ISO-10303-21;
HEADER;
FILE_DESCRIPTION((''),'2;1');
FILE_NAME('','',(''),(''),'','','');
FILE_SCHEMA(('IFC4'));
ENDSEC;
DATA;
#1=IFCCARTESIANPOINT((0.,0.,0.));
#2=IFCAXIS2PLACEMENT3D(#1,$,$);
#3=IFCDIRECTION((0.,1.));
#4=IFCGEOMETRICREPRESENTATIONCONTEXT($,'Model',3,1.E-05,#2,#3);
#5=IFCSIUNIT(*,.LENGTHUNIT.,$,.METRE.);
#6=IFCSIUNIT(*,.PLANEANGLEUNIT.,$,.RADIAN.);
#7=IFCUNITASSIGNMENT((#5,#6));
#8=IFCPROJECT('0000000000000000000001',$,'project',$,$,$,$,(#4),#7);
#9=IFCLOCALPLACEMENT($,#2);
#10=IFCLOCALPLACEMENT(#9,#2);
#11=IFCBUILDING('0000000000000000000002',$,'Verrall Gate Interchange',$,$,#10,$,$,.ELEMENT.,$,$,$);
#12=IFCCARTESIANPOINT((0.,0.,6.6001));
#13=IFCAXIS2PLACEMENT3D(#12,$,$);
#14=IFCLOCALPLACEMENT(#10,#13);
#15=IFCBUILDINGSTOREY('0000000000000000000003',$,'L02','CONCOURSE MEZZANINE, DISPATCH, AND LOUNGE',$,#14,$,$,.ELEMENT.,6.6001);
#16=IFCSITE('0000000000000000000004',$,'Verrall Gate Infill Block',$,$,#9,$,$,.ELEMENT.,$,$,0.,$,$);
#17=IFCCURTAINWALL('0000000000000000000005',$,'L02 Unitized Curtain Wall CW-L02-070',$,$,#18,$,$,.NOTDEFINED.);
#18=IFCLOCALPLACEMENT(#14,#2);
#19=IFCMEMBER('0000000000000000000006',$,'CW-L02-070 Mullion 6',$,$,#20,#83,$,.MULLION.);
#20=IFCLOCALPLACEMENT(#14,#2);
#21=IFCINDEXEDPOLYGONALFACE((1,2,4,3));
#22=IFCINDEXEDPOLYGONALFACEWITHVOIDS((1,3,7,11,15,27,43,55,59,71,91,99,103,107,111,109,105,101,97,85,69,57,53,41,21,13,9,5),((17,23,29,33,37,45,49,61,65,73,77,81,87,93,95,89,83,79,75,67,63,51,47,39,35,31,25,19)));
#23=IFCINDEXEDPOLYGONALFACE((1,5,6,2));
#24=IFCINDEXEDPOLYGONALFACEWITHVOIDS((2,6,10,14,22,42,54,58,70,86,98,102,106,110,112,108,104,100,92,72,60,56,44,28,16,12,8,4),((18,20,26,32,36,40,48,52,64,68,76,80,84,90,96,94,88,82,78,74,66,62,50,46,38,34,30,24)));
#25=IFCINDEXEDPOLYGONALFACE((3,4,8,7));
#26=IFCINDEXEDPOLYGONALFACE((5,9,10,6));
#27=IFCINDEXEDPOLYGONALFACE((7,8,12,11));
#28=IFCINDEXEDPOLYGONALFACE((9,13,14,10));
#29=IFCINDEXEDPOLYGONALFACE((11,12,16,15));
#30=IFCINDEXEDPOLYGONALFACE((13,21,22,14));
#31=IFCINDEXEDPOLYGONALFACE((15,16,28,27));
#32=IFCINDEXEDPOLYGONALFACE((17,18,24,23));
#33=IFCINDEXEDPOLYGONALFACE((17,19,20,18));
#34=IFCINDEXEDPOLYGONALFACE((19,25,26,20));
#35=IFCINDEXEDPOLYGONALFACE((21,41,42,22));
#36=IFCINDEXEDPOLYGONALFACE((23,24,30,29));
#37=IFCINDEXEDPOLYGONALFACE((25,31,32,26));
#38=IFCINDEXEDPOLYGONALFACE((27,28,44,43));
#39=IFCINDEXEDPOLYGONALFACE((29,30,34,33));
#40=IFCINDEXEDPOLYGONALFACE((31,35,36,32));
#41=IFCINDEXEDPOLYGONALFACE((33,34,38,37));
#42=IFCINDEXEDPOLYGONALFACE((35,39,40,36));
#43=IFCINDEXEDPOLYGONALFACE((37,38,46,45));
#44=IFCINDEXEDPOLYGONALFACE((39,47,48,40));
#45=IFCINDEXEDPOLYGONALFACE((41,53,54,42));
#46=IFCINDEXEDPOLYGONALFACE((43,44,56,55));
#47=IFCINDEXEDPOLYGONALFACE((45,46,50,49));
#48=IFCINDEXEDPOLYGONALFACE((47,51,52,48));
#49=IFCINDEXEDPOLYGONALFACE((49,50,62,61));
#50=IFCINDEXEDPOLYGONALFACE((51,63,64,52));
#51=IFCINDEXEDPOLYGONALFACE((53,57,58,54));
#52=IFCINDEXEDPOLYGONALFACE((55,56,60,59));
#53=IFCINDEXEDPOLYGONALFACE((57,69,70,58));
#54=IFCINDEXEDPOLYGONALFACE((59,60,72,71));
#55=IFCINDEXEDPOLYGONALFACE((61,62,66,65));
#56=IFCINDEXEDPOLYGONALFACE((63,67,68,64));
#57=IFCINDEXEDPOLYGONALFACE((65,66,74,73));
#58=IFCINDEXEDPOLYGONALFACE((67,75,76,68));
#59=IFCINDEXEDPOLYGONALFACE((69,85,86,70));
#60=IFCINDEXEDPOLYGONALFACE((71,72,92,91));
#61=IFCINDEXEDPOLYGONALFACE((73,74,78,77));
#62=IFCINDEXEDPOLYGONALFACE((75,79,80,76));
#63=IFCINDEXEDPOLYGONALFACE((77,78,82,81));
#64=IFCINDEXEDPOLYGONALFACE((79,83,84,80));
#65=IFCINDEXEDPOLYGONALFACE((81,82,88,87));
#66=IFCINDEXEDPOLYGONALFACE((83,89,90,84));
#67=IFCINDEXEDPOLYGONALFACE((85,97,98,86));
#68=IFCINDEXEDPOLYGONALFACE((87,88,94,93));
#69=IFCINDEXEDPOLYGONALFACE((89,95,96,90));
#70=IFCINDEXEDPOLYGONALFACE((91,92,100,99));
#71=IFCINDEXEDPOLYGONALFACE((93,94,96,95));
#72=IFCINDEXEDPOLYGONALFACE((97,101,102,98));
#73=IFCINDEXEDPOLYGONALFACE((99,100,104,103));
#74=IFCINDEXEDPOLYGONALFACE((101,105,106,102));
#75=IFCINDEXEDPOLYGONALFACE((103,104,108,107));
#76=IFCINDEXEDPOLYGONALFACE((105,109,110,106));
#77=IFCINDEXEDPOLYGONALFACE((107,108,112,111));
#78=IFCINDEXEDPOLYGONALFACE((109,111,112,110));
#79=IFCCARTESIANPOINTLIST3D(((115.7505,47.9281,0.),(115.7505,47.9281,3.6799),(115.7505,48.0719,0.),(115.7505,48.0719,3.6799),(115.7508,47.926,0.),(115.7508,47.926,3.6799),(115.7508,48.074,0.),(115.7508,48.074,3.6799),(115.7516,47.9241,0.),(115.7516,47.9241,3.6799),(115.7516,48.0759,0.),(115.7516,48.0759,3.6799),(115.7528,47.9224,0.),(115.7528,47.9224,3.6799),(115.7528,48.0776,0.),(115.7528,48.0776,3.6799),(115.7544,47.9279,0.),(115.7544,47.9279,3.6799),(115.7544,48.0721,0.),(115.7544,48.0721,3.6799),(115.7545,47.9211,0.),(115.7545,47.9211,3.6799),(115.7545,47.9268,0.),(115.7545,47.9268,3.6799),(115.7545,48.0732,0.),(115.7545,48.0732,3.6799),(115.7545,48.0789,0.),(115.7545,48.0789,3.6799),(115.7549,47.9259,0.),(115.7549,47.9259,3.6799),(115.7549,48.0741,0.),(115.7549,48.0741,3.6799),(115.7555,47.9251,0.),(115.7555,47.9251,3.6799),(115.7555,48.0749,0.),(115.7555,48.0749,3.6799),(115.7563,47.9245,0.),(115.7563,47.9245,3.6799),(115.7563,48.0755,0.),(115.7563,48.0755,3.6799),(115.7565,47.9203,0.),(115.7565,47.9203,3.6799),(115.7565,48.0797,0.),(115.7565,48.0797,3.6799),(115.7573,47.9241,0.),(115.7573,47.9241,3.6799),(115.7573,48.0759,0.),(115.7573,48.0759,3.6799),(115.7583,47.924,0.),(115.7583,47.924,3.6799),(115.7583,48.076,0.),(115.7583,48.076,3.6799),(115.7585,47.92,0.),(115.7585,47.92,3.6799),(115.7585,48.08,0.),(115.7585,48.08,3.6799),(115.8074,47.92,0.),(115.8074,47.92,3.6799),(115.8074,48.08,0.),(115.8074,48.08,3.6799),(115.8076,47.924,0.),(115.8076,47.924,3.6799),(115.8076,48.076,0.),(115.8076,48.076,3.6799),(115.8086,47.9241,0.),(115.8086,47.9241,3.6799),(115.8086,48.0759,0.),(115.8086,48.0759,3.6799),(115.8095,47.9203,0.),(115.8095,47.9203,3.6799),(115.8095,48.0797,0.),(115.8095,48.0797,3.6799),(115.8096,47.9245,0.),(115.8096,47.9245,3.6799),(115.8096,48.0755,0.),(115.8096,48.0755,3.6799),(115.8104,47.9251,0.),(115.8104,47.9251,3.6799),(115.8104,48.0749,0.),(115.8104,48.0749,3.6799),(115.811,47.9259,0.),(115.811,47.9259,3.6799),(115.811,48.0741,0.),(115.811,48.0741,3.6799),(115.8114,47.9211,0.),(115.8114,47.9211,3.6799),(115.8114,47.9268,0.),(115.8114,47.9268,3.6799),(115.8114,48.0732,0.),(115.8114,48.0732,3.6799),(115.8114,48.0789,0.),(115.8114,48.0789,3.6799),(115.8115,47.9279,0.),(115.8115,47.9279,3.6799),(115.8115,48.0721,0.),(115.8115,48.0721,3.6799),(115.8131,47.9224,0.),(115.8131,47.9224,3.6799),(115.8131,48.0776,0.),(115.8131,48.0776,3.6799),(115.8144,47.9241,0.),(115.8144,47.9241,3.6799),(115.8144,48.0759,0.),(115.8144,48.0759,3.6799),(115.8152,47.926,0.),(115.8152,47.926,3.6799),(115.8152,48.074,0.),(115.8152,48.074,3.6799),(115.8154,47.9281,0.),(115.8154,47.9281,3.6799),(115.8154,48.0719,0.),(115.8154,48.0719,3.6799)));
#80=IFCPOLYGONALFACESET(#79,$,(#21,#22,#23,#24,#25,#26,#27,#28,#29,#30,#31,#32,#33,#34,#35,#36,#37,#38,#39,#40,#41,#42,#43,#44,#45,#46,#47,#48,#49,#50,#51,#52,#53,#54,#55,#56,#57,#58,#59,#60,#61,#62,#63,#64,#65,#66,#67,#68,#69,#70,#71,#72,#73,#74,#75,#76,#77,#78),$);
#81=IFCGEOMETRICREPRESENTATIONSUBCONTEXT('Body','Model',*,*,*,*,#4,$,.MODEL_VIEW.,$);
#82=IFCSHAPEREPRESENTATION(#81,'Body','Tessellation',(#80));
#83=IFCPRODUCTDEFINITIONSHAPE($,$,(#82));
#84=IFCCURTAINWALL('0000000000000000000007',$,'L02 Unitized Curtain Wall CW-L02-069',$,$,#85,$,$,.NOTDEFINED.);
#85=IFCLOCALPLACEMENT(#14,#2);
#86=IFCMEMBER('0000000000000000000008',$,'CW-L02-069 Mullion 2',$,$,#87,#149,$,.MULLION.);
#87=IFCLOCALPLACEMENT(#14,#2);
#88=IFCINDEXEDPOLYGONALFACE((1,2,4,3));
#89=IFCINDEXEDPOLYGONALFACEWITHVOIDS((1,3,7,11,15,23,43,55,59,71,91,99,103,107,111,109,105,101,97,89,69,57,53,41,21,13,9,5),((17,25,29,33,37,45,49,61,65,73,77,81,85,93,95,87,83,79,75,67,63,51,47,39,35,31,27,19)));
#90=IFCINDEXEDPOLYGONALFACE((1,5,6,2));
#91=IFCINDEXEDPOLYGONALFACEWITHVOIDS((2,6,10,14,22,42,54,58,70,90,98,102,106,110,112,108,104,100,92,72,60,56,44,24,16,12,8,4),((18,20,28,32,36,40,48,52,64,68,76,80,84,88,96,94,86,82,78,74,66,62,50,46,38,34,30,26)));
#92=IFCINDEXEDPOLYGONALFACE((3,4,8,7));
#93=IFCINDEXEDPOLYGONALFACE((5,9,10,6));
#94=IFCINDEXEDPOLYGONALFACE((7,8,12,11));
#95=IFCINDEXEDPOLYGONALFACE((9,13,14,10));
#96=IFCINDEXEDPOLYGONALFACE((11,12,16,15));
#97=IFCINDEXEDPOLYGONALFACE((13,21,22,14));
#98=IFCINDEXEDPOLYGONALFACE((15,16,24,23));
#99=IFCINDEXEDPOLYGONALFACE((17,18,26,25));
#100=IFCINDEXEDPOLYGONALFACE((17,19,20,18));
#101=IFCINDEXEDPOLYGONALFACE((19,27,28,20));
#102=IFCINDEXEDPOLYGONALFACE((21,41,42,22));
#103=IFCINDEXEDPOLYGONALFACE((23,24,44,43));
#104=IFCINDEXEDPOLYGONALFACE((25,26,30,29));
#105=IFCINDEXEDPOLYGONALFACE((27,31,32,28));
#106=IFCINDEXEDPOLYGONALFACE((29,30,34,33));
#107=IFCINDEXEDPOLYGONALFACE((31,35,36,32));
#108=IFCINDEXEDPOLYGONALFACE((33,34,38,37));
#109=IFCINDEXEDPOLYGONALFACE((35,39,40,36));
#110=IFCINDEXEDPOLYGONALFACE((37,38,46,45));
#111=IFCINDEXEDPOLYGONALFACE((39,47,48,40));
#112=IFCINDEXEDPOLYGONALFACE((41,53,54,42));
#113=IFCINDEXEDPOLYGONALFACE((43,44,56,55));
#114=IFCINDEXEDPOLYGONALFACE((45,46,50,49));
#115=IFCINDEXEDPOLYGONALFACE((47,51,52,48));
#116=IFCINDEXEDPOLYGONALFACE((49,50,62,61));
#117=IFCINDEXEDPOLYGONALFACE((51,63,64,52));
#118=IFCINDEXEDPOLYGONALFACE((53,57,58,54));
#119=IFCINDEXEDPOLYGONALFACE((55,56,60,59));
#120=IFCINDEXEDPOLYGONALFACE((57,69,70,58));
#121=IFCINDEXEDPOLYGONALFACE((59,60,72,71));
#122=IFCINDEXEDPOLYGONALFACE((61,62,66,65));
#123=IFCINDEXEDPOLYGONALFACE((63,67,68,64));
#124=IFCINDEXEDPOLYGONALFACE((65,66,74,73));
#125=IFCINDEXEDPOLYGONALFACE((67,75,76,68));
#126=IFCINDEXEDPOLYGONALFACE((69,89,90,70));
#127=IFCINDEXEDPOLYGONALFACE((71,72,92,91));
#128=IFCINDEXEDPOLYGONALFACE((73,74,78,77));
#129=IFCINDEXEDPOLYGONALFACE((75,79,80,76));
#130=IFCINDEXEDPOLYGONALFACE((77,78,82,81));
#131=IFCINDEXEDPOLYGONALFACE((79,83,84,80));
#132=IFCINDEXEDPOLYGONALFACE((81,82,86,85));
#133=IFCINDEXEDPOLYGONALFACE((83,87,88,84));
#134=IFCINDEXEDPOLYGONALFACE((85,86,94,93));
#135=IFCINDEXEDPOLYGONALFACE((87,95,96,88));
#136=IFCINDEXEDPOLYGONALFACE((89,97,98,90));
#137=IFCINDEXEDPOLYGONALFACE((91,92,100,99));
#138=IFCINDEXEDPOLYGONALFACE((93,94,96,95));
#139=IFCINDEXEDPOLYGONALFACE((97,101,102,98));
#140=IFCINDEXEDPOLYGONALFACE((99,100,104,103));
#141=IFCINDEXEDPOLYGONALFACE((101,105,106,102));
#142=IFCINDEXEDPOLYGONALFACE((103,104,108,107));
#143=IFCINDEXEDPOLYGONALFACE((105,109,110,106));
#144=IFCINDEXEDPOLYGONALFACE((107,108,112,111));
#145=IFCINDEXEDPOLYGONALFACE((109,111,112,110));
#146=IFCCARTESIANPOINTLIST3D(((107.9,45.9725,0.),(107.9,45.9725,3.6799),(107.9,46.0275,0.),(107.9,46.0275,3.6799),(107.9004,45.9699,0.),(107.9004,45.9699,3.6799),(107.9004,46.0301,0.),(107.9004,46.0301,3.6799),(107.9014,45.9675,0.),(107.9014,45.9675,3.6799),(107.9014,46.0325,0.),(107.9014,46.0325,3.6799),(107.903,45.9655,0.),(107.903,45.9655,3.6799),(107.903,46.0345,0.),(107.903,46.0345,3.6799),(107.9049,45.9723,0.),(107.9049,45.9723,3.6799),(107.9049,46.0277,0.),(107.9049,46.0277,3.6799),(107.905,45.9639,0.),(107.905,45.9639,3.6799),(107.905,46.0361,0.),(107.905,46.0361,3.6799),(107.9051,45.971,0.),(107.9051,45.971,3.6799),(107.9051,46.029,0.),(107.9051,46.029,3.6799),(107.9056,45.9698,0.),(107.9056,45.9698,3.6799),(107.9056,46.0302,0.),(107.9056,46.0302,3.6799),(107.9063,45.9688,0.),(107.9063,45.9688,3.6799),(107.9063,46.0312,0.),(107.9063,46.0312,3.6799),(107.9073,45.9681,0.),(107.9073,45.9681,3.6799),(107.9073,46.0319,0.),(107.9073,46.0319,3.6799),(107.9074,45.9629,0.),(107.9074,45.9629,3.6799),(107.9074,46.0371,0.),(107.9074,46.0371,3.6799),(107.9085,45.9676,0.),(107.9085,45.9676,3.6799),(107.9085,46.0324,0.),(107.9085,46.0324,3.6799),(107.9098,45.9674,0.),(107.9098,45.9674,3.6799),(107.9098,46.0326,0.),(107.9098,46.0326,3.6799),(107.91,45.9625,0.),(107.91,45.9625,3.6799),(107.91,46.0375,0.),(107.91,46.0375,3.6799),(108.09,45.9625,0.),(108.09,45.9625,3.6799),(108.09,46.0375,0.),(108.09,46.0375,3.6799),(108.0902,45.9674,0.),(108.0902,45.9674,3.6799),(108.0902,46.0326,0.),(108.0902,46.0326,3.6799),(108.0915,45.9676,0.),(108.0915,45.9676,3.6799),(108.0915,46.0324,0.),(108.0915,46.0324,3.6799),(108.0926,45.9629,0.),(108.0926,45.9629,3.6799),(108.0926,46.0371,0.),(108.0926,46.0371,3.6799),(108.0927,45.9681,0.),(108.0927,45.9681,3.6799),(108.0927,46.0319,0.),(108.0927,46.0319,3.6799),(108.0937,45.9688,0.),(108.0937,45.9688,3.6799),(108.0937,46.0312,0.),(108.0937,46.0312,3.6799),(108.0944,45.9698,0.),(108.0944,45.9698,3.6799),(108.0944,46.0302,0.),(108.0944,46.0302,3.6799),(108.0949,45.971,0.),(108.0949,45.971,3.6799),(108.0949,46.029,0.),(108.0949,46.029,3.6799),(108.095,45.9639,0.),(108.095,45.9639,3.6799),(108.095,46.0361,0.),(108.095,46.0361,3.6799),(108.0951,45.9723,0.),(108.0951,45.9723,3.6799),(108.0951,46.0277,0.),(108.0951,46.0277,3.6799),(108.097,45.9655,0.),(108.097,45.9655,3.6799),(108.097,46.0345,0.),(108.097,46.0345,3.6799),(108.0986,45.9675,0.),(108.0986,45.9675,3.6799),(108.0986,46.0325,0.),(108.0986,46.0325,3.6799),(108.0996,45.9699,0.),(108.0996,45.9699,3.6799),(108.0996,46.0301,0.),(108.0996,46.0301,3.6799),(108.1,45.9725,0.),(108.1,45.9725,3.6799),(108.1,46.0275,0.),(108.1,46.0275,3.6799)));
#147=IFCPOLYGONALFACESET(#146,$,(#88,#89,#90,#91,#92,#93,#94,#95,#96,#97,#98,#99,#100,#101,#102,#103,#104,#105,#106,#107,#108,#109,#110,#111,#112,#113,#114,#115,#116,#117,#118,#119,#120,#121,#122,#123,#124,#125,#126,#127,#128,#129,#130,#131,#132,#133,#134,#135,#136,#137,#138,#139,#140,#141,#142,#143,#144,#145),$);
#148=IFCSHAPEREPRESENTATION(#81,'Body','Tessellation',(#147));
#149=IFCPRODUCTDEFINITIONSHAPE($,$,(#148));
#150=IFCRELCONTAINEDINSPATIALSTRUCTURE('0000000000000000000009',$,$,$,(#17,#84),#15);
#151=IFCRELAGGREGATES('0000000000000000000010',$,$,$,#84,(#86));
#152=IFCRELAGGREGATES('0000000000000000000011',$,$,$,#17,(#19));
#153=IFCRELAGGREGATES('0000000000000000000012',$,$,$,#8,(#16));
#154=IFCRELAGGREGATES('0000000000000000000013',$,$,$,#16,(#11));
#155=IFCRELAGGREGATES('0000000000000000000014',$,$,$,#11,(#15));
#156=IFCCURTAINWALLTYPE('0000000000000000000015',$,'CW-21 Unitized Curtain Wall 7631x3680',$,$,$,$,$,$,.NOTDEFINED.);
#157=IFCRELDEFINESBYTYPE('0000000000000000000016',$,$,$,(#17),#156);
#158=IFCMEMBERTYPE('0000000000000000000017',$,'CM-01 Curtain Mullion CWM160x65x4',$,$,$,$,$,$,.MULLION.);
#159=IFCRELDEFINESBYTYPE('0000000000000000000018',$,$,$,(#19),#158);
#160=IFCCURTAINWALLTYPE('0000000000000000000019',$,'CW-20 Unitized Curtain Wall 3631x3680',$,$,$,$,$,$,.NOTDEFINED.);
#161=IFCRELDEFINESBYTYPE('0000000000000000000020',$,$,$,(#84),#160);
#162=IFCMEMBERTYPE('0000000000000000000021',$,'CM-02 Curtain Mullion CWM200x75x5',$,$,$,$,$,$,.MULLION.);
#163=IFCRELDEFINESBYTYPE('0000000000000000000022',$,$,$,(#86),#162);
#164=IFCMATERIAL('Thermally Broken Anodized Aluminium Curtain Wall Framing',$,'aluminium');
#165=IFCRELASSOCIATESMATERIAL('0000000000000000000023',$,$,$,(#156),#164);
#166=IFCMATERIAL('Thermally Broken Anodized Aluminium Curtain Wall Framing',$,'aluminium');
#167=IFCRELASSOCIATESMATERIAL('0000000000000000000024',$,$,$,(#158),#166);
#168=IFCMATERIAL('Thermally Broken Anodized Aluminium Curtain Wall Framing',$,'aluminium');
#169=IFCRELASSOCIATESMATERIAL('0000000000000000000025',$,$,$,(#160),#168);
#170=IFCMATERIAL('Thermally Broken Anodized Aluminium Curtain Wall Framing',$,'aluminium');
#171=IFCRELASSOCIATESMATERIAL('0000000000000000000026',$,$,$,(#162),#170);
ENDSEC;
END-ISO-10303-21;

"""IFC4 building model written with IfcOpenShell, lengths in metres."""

from ifc_helpers import new_model, si_unit, direction, frame, origin, origin_2d, place, context, subcontext, project, spatial, hollow_rectangle, extrude, material, material_profile, profile_set, type_object, element, aggregate, save


model = new_model("IFC4")

# Units and contexts
model_context = context("Model", 3, precision=1e-05, world=origin(), true_north=direction((0.0, 1.0)))
body_context = subcontext(model_context, "Body", "Model", "MODEL_VIEW")
ifc_project = project(units=[si_unit("LENGTHUNIT", "METRE"), si_unit("PLANEANGLEUNIT", "RADIAN")], contexts=[model_context])

# Site, building, storey
site_placement = place(None, origin())
site = spatial("IfcSite", under=ifc_project, at=site_placement, Name="Verrall Gate Infill Block", CompositionType="ELEMENT", RefElevation=0.0)
building_placement = place(site_placement, origin())
building = spatial("IfcBuilding", under=site, at=building_placement, Name="Verrall Gate Interchange", CompositionType="ELEMENT")
storey_placement = place(building_placement, frame((0.0, 0.0, 6.6001)))
storey = spatial("IfcBuildingStorey", under=building, at=storey_placement, Name="L02", Description="CONCOURSE MEZZANINE, DISPATCH, AND LOUNGE", CompositionType="ELEMENT", Elevation=6.6001)

# Curtain walls, members
ifc_material_1 = material(Name="Thermally Broken Anodized Aluminium Curtain Wall Framing", Category="aluminium")
curtain_wall_type_1 = type_object("IfcCurtainWallType", Name="CW-21 Unitized Curtain Wall 7631x3680", PredefinedType="NOTDEFINED", material=ifc_material_1)
curtain_wall_1_placement = place(storey_placement, origin())
curtain_wall_1 = element("IfcCurtainWall", 1, at=curtain_wall_1_placement, inside=storey, type_object=curtain_wall_type_1, Name="L02 Unitized Curtain Wall CW-L02-070", PredefinedType="NOTDEFINED")
ifc_material_2 = material(Name="Thermally Broken Anodized Aluminium Curtain Wall Framing", Category="aluminium")
ifc_material_profile_1 = material_profile(ifc_material_2, hollow_rectangle(XDim=0.0649, YDim=0.1599, WallThickness=0.0039, InnerFilletRadius=0.0039, OuterFilletRadius=0.0081, at=origin_2d()), Name="CWM160x65x4")
ifc_profile_set_1 = profile_set([ifc_material_profile_1], Name="Thermally Broken Anodized Aluminium Curtain Wall Framing")
member_type_1 = type_object("IfcMemberType", Name="CM-01 Curtain Mullion CWM160x65x4", PredefinedType="MULLION", material=ifc_profile_set_1)
member_1_placement = place(storey_placement, frame((115.783, 48.0, 0.0), z_axis=(0.0, 0.0, 1.0), x_axis=(1.0, 0.0, 0.0)))
member_1 = element("IfcMember", 2, at=member_1_placement, type_object=member_type_1, Name="CW-L02-070 Mullion 6", PredefinedType="MULLION", context=body_context, shape_type="SweptSolid", body=[
    extrude(hollow_rectangle(XDim=0.0649, YDim=0.1599, WallThickness=0.0039, InnerFilletRadius=0.0039, OuterFilletRadius=0.0081, at=origin_2d()), origin(), (0.0, 0.0, 1.0), 3.6799),
])
ifc_material_3 = material(Name="Thermally Broken Anodized Aluminium Curtain Wall Framing", Category="aluminium")
curtain_wall_type_2 = type_object("IfcCurtainWallType", Name="CW-20 Unitized Curtain Wall 3631x3680", PredefinedType="NOTDEFINED", material=ifc_material_3)
curtain_wall_2_placement = place(storey_placement, origin())
curtain_wall_2 = element("IfcCurtainWall", 3, at=curtain_wall_2_placement, inside=storey, type_object=curtain_wall_type_2, Name="L02 Unitized Curtain Wall CW-L02-069", PredefinedType="NOTDEFINED")
ifc_material_4 = material(Name="Thermally Broken Anodized Aluminium Curtain Wall Framing", Category="aluminium")
ifc_material_profile_2 = material_profile(ifc_material_4, hollow_rectangle(XDim=0.075, YDim=0.2, WallThickness=0.0049, InnerFilletRadius=0.0049, OuterFilletRadius=0.01, at=origin_2d()), Name="CWM200x75x5")
ifc_profile_set_2 = profile_set([ifc_material_profile_2], Name="Thermally Broken Anodized Aluminium Curtain Wall Framing")
member_type_2 = type_object("IfcMemberType", Name="CM-02 Curtain Mullion CWM200x75x5", PredefinedType="MULLION", material=ifc_profile_set_2)
member_2_placement = place(storey_placement, frame((108.0, 46.0, 0.0), z_axis=(0.0, 0.0, 1.0), x_axis=(0.0, 1.0, 0.0)))
member_2 = element("IfcMember", 4, at=member_2_placement, type_object=member_type_2, Name="CW-L02-069 Mullion 2", PredefinedType="MULLION", context=body_context, shape_type="SweptSolid", body=[
    extrude(hollow_rectangle(XDim=0.075, YDim=0.2, WallThickness=0.0049, InnerFilletRadius=0.0049, OuterFilletRadius=0.01, at=origin_2d()), origin(), (0.0, 0.0, 1.0), 3.6799),
])

aggregate(curtain_wall_2, [member_2])
aggregate(curtain_wall_1, [member_1])

save(model, "model.ifc")
